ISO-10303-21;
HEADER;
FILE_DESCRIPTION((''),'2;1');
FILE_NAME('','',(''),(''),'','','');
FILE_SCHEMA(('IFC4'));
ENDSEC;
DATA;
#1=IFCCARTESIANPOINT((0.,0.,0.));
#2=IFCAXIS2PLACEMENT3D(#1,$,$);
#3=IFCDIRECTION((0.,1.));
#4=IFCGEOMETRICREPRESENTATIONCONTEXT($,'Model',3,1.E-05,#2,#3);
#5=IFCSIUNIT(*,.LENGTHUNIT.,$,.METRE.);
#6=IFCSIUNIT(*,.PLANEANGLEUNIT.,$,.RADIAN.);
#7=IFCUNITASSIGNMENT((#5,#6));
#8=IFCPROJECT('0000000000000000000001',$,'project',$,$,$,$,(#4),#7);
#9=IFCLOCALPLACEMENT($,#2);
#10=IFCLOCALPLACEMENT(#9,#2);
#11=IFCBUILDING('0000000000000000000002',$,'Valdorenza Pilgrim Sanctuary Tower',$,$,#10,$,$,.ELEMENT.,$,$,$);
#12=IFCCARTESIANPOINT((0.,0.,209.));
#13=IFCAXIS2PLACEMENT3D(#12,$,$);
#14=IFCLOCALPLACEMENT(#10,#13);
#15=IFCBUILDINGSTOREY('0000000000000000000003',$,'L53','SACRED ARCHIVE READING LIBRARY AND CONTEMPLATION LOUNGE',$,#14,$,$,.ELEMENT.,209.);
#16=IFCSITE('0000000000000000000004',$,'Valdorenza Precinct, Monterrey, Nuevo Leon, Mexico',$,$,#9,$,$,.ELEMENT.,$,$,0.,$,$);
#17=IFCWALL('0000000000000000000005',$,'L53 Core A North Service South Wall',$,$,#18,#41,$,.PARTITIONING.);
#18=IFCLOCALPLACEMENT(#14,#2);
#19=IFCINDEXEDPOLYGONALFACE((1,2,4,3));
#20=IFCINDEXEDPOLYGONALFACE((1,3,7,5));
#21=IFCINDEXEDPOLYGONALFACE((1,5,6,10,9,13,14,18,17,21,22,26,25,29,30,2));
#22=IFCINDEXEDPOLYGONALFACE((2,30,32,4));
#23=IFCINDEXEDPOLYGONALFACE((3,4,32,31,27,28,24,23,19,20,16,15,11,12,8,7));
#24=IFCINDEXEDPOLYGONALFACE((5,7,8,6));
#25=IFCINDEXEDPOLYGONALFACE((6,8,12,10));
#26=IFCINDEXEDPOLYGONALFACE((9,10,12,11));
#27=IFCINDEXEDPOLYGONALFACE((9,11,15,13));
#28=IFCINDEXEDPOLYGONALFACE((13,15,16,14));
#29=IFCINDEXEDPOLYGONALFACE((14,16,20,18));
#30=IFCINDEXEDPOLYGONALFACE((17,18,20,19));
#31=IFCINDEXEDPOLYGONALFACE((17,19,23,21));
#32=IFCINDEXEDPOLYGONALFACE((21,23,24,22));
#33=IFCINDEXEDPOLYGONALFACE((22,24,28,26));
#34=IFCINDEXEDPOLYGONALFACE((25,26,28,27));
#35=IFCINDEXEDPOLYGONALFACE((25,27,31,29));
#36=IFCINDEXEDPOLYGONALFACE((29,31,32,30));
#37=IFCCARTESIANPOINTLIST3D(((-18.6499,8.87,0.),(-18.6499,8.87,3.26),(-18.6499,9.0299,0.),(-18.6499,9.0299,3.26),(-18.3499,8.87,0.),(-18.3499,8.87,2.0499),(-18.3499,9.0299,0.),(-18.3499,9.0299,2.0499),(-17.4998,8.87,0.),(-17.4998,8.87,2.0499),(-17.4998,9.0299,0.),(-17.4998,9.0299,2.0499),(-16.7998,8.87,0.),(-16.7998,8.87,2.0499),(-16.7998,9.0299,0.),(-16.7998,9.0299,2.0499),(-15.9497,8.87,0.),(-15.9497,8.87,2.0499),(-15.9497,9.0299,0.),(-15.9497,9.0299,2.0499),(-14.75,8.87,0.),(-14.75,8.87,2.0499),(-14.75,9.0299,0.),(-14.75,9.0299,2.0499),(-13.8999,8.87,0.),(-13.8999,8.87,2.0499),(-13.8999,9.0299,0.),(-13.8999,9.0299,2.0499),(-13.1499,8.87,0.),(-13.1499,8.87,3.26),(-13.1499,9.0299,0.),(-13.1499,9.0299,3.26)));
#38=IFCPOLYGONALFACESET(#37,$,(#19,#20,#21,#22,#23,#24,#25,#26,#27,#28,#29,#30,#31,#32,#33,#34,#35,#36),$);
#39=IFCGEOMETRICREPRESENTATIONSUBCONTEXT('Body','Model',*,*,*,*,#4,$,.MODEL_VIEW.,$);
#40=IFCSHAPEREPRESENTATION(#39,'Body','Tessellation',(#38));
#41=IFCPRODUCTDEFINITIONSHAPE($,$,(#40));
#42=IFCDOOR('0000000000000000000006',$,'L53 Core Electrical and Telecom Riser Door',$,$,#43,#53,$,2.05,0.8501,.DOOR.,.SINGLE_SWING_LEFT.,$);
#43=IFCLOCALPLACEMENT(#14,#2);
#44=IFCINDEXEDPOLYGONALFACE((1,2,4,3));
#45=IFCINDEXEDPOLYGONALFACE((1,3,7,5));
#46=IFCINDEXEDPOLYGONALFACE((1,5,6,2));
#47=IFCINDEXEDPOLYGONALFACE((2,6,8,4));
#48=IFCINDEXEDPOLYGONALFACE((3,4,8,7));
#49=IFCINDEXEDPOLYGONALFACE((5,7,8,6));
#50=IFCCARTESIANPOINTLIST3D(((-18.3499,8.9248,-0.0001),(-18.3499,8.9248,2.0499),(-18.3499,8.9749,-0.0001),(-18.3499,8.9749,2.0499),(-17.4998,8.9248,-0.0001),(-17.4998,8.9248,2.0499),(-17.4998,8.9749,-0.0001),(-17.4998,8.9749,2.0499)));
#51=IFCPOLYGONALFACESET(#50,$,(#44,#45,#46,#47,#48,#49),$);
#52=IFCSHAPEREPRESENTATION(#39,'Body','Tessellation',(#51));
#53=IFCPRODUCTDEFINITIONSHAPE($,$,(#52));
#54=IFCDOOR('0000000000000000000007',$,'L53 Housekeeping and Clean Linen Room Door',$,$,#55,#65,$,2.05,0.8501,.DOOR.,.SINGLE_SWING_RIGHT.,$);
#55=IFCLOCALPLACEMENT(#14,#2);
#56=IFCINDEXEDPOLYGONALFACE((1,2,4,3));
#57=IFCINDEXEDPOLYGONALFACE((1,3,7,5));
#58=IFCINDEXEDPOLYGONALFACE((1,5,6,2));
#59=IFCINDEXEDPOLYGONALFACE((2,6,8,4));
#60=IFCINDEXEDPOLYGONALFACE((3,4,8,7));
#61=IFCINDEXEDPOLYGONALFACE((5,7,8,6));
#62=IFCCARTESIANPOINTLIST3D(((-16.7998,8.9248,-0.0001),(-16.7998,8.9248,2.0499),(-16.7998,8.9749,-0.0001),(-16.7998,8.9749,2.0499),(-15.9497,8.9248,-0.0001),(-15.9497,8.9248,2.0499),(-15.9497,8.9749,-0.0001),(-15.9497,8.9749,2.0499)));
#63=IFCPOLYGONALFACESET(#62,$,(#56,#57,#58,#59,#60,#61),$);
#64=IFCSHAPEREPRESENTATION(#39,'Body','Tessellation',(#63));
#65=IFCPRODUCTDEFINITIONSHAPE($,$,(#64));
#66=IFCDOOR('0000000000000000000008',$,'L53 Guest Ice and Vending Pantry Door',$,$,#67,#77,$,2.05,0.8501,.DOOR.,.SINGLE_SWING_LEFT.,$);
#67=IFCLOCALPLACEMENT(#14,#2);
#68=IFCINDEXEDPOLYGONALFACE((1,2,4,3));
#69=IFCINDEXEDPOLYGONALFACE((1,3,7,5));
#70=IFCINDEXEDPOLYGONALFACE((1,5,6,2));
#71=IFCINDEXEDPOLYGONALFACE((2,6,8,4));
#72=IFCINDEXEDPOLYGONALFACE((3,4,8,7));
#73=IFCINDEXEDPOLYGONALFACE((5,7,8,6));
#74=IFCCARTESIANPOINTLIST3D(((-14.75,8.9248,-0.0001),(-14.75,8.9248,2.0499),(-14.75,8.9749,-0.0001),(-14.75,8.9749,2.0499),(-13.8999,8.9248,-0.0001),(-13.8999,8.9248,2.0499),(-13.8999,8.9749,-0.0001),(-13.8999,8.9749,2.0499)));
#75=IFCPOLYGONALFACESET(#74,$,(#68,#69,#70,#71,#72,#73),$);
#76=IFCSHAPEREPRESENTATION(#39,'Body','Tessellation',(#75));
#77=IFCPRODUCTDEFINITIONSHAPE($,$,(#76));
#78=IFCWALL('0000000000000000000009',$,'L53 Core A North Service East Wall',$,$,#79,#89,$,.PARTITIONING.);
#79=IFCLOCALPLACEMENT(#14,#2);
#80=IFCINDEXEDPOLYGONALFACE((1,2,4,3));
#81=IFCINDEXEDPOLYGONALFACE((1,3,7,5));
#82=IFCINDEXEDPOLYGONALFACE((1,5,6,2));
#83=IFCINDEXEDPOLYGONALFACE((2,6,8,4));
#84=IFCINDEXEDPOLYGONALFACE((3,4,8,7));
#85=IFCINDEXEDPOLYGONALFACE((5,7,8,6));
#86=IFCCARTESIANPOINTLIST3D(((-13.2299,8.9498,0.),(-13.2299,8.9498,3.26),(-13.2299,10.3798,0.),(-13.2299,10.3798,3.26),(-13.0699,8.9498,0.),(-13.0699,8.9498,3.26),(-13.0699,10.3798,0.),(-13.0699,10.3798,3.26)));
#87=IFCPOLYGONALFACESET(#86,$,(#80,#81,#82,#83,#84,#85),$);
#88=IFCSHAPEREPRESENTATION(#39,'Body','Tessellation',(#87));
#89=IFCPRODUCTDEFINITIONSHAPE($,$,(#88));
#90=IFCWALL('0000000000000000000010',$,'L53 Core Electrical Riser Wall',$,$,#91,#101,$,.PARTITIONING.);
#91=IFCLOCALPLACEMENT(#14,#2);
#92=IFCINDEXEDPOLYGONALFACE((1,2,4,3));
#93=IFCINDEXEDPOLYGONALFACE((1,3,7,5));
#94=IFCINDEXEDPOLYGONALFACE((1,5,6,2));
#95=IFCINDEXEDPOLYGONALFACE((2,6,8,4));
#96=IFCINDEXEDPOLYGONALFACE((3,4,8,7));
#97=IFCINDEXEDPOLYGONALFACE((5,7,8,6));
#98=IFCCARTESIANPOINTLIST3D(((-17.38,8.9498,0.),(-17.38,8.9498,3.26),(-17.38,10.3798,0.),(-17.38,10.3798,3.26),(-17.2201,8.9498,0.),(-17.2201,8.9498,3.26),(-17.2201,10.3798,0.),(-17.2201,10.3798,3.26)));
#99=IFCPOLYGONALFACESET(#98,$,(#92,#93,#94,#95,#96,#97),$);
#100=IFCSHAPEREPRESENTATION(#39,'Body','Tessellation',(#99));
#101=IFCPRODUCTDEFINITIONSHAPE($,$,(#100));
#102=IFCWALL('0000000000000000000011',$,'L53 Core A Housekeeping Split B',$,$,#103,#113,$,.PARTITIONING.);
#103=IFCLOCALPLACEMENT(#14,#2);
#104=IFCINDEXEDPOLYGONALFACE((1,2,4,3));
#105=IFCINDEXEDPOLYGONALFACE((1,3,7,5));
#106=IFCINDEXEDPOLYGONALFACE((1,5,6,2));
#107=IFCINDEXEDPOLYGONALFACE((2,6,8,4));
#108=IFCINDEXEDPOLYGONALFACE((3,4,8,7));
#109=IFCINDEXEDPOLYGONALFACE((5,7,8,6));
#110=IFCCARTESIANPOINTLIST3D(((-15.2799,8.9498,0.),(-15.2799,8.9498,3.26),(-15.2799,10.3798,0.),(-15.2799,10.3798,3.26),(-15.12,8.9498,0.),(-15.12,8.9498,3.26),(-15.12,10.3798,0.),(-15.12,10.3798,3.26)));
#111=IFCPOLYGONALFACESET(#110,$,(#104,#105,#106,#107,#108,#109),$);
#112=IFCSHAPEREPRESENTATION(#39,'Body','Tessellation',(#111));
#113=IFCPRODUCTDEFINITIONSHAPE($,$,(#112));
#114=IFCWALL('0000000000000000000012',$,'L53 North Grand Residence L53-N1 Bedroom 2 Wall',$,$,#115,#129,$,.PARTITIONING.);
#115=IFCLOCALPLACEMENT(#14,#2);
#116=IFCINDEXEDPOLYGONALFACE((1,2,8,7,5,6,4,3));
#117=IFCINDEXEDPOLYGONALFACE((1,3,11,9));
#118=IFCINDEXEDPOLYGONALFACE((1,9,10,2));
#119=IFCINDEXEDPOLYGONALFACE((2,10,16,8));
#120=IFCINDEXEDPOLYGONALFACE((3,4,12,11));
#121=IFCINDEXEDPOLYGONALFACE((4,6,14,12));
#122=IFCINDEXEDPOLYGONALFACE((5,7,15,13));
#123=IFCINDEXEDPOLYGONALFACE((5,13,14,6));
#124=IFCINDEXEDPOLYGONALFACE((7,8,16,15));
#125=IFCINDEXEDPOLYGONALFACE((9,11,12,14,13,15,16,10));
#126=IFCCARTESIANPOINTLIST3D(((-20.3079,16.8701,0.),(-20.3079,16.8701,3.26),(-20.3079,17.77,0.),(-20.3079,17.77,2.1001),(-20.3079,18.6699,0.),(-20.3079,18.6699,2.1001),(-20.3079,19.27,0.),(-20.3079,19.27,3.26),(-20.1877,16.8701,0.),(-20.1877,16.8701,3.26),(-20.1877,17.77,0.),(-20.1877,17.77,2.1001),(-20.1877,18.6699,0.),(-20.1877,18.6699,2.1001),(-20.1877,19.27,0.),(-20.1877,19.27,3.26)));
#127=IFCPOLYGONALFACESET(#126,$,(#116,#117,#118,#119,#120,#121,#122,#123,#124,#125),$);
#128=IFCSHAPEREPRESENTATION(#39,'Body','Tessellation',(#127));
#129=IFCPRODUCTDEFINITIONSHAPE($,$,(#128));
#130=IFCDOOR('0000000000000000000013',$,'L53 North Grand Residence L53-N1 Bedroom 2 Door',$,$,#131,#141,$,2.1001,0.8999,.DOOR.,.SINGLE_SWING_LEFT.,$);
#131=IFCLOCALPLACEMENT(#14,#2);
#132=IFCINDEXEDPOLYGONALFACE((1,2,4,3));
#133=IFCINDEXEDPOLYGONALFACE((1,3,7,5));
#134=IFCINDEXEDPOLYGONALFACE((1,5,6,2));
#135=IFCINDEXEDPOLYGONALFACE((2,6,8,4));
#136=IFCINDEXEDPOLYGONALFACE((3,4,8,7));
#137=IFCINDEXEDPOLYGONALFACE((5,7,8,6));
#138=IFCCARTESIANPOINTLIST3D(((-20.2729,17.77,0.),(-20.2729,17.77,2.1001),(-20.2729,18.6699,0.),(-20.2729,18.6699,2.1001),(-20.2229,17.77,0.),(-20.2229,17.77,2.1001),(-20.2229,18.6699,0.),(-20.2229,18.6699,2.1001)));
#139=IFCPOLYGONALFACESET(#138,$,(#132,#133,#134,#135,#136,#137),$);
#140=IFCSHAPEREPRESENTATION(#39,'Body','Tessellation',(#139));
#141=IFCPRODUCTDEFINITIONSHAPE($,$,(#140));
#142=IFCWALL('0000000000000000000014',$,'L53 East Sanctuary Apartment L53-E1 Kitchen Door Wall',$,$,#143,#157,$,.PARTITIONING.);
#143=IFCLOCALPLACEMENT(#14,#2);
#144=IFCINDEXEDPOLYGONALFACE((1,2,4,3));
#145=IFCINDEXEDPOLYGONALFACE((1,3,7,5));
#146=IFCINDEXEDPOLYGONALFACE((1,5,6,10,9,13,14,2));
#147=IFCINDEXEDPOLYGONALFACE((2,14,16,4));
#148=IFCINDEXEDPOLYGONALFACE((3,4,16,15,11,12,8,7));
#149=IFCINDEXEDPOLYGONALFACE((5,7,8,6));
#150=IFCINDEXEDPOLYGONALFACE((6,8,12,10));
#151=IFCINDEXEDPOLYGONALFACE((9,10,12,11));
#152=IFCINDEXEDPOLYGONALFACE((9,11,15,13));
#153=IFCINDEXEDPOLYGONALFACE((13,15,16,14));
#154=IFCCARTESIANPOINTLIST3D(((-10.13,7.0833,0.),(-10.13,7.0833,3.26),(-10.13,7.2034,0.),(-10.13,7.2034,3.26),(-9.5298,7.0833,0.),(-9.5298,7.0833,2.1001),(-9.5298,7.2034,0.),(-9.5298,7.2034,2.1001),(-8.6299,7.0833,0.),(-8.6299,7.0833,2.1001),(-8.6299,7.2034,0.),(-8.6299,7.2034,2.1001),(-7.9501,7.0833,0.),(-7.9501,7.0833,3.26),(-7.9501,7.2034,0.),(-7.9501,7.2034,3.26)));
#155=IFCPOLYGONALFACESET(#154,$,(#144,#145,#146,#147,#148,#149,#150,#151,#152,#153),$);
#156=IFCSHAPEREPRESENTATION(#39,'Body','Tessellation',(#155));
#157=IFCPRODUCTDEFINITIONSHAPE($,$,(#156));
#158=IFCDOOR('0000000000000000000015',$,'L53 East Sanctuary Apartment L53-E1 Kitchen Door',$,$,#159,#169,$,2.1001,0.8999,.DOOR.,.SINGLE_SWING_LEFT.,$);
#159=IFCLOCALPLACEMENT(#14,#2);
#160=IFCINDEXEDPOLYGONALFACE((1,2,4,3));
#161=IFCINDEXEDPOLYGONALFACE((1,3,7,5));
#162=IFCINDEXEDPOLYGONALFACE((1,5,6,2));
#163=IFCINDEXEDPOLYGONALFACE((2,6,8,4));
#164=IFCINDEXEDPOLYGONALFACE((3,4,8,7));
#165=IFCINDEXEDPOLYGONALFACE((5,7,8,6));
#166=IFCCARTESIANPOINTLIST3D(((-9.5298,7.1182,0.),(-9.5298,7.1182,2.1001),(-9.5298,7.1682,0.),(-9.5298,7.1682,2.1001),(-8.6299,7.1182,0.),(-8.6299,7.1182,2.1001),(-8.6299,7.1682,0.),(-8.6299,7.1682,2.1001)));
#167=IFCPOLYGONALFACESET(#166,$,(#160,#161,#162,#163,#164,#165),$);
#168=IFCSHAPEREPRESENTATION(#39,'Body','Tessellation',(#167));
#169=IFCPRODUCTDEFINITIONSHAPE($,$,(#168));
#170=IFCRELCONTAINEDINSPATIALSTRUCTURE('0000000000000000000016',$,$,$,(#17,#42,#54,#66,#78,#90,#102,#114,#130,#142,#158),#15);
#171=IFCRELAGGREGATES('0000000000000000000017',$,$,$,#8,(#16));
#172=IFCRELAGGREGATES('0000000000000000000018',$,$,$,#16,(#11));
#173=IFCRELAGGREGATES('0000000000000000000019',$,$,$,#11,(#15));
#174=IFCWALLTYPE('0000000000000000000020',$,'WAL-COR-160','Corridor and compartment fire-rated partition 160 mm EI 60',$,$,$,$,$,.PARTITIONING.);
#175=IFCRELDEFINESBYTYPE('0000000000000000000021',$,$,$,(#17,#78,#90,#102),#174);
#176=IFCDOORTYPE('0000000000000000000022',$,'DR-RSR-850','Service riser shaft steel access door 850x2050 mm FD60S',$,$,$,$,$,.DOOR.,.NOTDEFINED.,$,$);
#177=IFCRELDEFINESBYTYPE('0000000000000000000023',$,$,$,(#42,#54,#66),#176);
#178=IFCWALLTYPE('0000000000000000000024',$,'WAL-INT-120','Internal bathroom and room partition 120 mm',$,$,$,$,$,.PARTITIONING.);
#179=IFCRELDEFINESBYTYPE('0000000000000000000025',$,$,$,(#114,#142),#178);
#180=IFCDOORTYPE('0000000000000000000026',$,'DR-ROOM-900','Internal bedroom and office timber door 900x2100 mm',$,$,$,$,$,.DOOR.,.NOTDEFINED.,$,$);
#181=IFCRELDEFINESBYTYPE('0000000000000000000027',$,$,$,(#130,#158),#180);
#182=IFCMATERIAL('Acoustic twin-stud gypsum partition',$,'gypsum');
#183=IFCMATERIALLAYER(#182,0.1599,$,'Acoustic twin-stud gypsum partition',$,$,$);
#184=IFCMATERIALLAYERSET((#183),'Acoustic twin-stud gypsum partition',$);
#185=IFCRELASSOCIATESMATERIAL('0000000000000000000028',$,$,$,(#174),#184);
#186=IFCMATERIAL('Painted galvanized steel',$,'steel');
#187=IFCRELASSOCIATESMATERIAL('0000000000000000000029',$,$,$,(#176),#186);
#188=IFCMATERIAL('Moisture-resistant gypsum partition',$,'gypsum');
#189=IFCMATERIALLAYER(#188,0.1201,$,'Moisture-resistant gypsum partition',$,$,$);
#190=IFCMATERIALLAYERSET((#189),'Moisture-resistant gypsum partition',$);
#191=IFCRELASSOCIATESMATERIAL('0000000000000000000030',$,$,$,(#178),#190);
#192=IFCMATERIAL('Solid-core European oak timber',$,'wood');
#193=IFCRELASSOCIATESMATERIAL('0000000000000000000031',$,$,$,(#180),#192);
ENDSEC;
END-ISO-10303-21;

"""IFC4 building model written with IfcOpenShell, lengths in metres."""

from ifc_helpers import new_model, si_unit, direction, frame, frame_2d, origin, place, context, subcontext, project, spatial, rectangle, extrude, material, layer, layer_set, type_object, element, fill, save


model = new_model("IFC4")

# Units and contexts
model_context = context("Model", 3, precision=1e-05, world=origin(), true_north=direction((0.0, 1.0)))
body_context = subcontext(model_context, "Body", "Model", "MODEL_VIEW")
ifc_project = project(units=[si_unit("LENGTHUNIT", "METRE"), si_unit("PLANEANGLEUNIT", "RADIAN")], contexts=[model_context])

# Site, building, storey
site_placement = place(None, origin())
site = spatial("IfcSite", under=ifc_project, at=site_placement, Name="Valdorenza Precinct, Monterrey, Nuevo Leon, Mexico", CompositionType="ELEMENT", RefElevation=0.0)
building_placement = place(site_placement, origin())
building = spatial("IfcBuilding", under=site, at=building_placement, Name="Valdorenza Pilgrim Sanctuary Tower", CompositionType="ELEMENT")
storey_placement = place(building_placement, frame((0.0, 0.0, 209.0)))
storey = spatial("IfcBuildingStorey", under=building, at=storey_placement, Name="L53", Description="SACRED ARCHIVE READING LIBRARY AND CONTEMPLATION LOUNGE", CompositionType="ELEMENT", Elevation=209.0)

# Shared definitions
ifc_material_1 = material(Name="Acoustic twin-stud gypsum partition", Category="gypsum")
ifc_layer_1 = layer(ifc_material_1, 0.1599, Name="Acoustic twin-stud gypsum partition")
ifc_layer_set_1 = layer_set([ifc_layer_1], Name="Acoustic twin-stud gypsum partition")
wall_type_1 = type_object("IfcWallType", Name="WAL-COR-160", Description="Corridor and compartment fire-rated partition 160 mm EI 60", PredefinedType="PARTITIONING", material=ifc_layer_set_1)

# Wall, openings, doors
wall_1_placement = place(storey_placement, frame((-18.6499, 8.95, 0.0), z_axis=(0.0, 0.0, 1.0), x_axis=(1.0, 0.0, 0.0)))
wall_1 = element("IfcWall", 1, at=wall_1_placement, inside=storey, type_object=wall_type_1, Name="L53 Core A North Service South Wall", PredefinedType="PARTITIONING", context=body_context, shape_type="SweptSolid", body=[
    extrude(rectangle(XDim=5.5, YDim=0.1599, at=frame_2d((2.75, 0.0))), origin(), (0.0, 0.0, 1.0), 3.26),
])
opening_1_placement = place(wall_1_placement, frame((0.3, 0.0, 0.0)))
opening_1 = element("IfcOpeningElement", 2, at=opening_1_placement, cuts=wall_1, PredefinedType="OPENING", context=body_context, shape_type="SweptSolid", body=[
    extrude(rectangle(XDim=0.8501, YDim=2.05, at=frame_2d((0.425, 1.0249))), frame((0.0, 0.0947, 0.0), z_axis=(0.0, -1.0, 0.0), x_axis=(1.0, 0.0, 0.0)), (0.0, 0.0, 1.0), 0.1897),
])
opening_2_placement = place(wall_1_placement, frame((1.8501, 0.0, 0.0)))
opening_2 = element("IfcOpeningElement", 3, at=opening_2_placement, cuts=wall_1, PredefinedType="OPENING", context=body_context, shape_type="SweptSolid", body=[
    extrude(rectangle(XDim=0.8501, YDim=2.05, at=frame_2d((0.425, 1.0249))), frame((0.0, 0.0947, 0.0), z_axis=(0.0, -1.0, 0.0), x_axis=(1.0, 0.0, 0.0)), (0.0, 0.0, 1.0), 0.1897),
])
opening_3_placement = place(wall_1_placement, frame((3.8999, 0.0, 0.0)))
opening_3 = element("IfcOpeningElement", 4, at=opening_3_placement, cuts=wall_1, PredefinedType="OPENING", context=body_context, shape_type="SweptSolid", body=[
    extrude(rectangle(XDim=0.8501, YDim=2.05, at=frame_2d((0.425, 1.0249))), frame((0.0, 0.0947, 0.0), z_axis=(0.0, -1.0, 0.0), x_axis=(1.0, 0.0, 0.0)), (0.0, 0.0, 1.0), 0.1897),
])
ifc_material_2 = material(Name="Painted galvanized steel", Category="steel")
door_type_1 = type_object("IfcDoorType", Name="DR-RSR-850", Description="Service riser shaft steel access door 850x2050 mm FD60S", OperationType="NOTDEFINED", PredefinedType="DOOR", material=ifc_material_2)
door_1_placement = place(opening_1_placement, origin())
door_1 = element("IfcDoor", 5, at=door_1_placement, inside=storey, type_object=door_type_1, Name="L53 Core Electrical and Telecom Riser Door", OperationType="SINGLE_SWING_LEFT", OverallHeight=2.05, OverallWidth=0.8501, PredefinedType="DOOR", context=body_context, shape_type="SweptSolid", body=[
    extrude(rectangle(XDim=0.8501, YDim=2.05, at=frame_2d((0.425, 1.0249))), frame((0.0, 0.0249, 0.0), z_axis=(0.0, -1.0, 0.0), x_axis=(1.0, 0.0, 0.0)), (0.0, 0.0, 1.0), 0.05),
])
fill(opening_1, door_1)
door_2_placement = place(opening_2_placement, origin())
door_2 = element("IfcDoor", 6, at=door_2_placement, inside=storey, type_object=door_type_1, Name="L53 Housekeeping and Clean Linen Room Door", OperationType="SINGLE_SWING_RIGHT", OverallHeight=2.05, OverallWidth=0.8501, PredefinedType="DOOR", context=body_context, shape_type="SweptSolid", body=[
    extrude(rectangle(XDim=0.8501, YDim=2.05, at=frame_2d((0.425, 1.0249))), frame((0.0, 0.0249, 0.0), z_axis=(0.0, -1.0, 0.0), x_axis=(1.0, 0.0, 0.0)), (0.0, 0.0, 1.0), 0.05),
])
fill(opening_2, door_2)
door_3_placement = place(opening_3_placement, origin())
door_3 = element("IfcDoor", 7, at=door_3_placement, inside=storey, type_object=door_type_1, Name="L53 Guest Ice and Vending Pantry Door", OperationType="SINGLE_SWING_LEFT", OverallHeight=2.05, OverallWidth=0.8501, PredefinedType="DOOR", context=body_context, shape_type="SweptSolid", body=[
    extrude(rectangle(XDim=0.8501, YDim=2.05, at=frame_2d((0.425, 1.0249))), frame((0.0, 0.0249, 0.0), z_axis=(0.0, -1.0, 0.0), x_axis=(1.0, 0.0, 0.0)), (0.0, 0.0, 1.0), 0.05),
])
fill(opening_3, door_3)

# Walls
for number, where, z_axis, x_axis, name in (
    (8, (-13.1499, 8.95, 0.0), (0.0, 0.0, 1.0), (0.0, 1.0, 0.0), "L53 Core A North Service East Wall"),
    (9, (-17.3, 8.95, 0.0), (0.0, 0.0, 1.0), (0.0, 1.0, 0.0), "L53 Core Electrical Riser Wall"),
    (10, (-15.2, 8.95, 0.0), (0.0, 0.0, 1.0), (0.0, 1.0, 0.0), "L53 Core A Housekeeping Split B"),
):
    element("IfcWall", number, at=place(storey_placement, frame(where, z_axis=z_axis, x_axis=x_axis)), inside=storey, type_object=wall_type_1, Name=name, PredefinedType="PARTITIONING", context=body_context, shape_type="SweptSolid", body=[
        extrude(rectangle(XDim=1.4299, YDim=0.1599, at=frame_2d((0.7148, 0.0))), origin(), (0.0, 0.0, 1.0), 3.26),
    ])

# Walls, openings, doors
ifc_material_3 = material(Name="Moisture-resistant gypsum partition", Category="gypsum")
ifc_layer_2 = layer(ifc_material_3, 0.1201, Name="Moisture-resistant gypsum partition")
ifc_layer_set_2 = layer_set([ifc_layer_2], Name="Moisture-resistant gypsum partition")
wall_type_2 = type_object("IfcWallType", Name="WAL-INT-120", Description="Internal bathroom and room partition 120 mm", PredefinedType="PARTITIONING", material=ifc_layer_set_2)
wall_2_placement = place(storey_placement, frame((-20.2478, 16.8701, 0.0), z_axis=(0.0, 0.0, 1.0), x_axis=(0.0, 1.0, 0.0)))
wall_2 = element("IfcWall", 11, at=wall_2_placement, inside=storey, type_object=wall_type_2, Name="L53 North Grand Residence L53-N1 Bedroom 2 Wall", PredefinedType="PARTITIONING", context=body_context, shape_type="SweptSolid", body=[
    extrude(rectangle(XDim=2.3999, YDim=0.1201, at=frame_2d((1.2, 0.0))), origin(), (0.0, 0.0, 1.0), 3.26),
])
opening_4_placement = place(wall_2_placement, frame((0.8999, 0.0, 0.0)))
opening_4 = element("IfcOpeningElement", 12, at=opening_4_placement, cuts=wall_2, PredefinedType="OPENING", context=body_context, shape_type="SweptSolid", body=[
    extrude(rectangle(XDim=0.8999, YDim=2.1001, at=frame_2d((0.45, 1.05))), frame((0.0, 0.075, 0.0), z_axis=(0.0, -1.0, 0.0), x_axis=(1.0, 0.0, 0.0)), (0.0, 0.0, 1.0), 0.1499),
])
ifc_material_4 = material(Name="Solid-core European oak timber", Category="wood")
door_type_2 = type_object("IfcDoorType", Name="DR-ROOM-900", Description="Internal bedroom and office timber door 900x2100 mm", OperationType="NOTDEFINED", PredefinedType="DOOR", material=ifc_material_4)
door_4_placement = place(opening_4_placement, frame((0.8999, 0.0, 0.0), z_axis=(0.0, 0.0, 1.0), x_axis=(-1.0, 0.0, 0.0)))
door_4 = element("IfcDoor", 13, at=door_4_placement, inside=storey, type_object=door_type_2, Name="L53 North Grand Residence L53-N1 Bedroom 2 Door", OperationType="SINGLE_SWING_LEFT", OverallHeight=2.1001, OverallWidth=0.8999, PredefinedType="DOOR", context=body_context, shape_type="SweptSolid", body=[
    extrude(rectangle(XDim=0.8999, YDim=2.1001, at=frame_2d((0.45, 1.05))), frame((0.0, 0.0249, 0.0), z_axis=(0.0, -1.0, 0.0), x_axis=(1.0, 0.0, 0.0)), (0.0, 0.0, 1.0), 0.05),
])
fill(opening_4, door_4)
wall_3_placement = place(storey_placement, frame((-10.1299, 7.1433, 0.0), z_axis=(0.0, 0.0, 1.0), x_axis=(1.0, 0.0, 0.0)))
wall_3 = element("IfcWall", 14, at=wall_3_placement, inside=storey, type_object=wall_type_2, Name="L53 East Sanctuary Apartment L53-E1 Kitchen Door Wall", PredefinedType="PARTITIONING", context=body_context, shape_type="SweptSolid", body=[
    extrude(rectangle(XDim=2.1799, YDim=0.1201, at=frame_2d((1.0898, 0.0))), origin(), (0.0, 0.0, 1.0), 3.26),
])
opening_5_placement = place(wall_3_placement, frame((0.6001, 0.0, 0.0)))
opening_5 = element("IfcOpeningElement", 15, at=opening_5_placement, cuts=wall_3, PredefinedType="OPENING", context=body_context, shape_type="SweptSolid", body=[
    extrude(rectangle(XDim=0.8999, YDim=2.1001, at=frame_2d((0.45, 1.05))), frame((0.0, 0.075, 0.0), z_axis=(0.0, -1.0, 0.0), x_axis=(1.0, 0.0, 0.0)), (0.0, 0.0, 1.0), 0.1499),
])
door_5_placement = place(opening_5_placement, origin())
door_5 = element("IfcDoor", 16, at=door_5_placement, inside=storey, type_object=door_type_2, Name="L53 East Sanctuary Apartment L53-E1 Kitchen Door", OperationType="SINGLE_SWING_LEFT", OverallHeight=2.1001, OverallWidth=0.8999, PredefinedType="DOOR", context=body_context, shape_type="SweptSolid", body=[
    extrude(rectangle(XDim=0.8999, YDim=2.1001, at=frame_2d((0.45, 1.05))), frame((0.0, 0.0249, 0.0), z_axis=(0.0, -1.0, 0.0), x_axis=(1.0, 0.0, 0.0)), (0.0, 0.0, 1.0), 0.05),
])
fill(opening_5, door_5)

save(model, "model.ifc")
